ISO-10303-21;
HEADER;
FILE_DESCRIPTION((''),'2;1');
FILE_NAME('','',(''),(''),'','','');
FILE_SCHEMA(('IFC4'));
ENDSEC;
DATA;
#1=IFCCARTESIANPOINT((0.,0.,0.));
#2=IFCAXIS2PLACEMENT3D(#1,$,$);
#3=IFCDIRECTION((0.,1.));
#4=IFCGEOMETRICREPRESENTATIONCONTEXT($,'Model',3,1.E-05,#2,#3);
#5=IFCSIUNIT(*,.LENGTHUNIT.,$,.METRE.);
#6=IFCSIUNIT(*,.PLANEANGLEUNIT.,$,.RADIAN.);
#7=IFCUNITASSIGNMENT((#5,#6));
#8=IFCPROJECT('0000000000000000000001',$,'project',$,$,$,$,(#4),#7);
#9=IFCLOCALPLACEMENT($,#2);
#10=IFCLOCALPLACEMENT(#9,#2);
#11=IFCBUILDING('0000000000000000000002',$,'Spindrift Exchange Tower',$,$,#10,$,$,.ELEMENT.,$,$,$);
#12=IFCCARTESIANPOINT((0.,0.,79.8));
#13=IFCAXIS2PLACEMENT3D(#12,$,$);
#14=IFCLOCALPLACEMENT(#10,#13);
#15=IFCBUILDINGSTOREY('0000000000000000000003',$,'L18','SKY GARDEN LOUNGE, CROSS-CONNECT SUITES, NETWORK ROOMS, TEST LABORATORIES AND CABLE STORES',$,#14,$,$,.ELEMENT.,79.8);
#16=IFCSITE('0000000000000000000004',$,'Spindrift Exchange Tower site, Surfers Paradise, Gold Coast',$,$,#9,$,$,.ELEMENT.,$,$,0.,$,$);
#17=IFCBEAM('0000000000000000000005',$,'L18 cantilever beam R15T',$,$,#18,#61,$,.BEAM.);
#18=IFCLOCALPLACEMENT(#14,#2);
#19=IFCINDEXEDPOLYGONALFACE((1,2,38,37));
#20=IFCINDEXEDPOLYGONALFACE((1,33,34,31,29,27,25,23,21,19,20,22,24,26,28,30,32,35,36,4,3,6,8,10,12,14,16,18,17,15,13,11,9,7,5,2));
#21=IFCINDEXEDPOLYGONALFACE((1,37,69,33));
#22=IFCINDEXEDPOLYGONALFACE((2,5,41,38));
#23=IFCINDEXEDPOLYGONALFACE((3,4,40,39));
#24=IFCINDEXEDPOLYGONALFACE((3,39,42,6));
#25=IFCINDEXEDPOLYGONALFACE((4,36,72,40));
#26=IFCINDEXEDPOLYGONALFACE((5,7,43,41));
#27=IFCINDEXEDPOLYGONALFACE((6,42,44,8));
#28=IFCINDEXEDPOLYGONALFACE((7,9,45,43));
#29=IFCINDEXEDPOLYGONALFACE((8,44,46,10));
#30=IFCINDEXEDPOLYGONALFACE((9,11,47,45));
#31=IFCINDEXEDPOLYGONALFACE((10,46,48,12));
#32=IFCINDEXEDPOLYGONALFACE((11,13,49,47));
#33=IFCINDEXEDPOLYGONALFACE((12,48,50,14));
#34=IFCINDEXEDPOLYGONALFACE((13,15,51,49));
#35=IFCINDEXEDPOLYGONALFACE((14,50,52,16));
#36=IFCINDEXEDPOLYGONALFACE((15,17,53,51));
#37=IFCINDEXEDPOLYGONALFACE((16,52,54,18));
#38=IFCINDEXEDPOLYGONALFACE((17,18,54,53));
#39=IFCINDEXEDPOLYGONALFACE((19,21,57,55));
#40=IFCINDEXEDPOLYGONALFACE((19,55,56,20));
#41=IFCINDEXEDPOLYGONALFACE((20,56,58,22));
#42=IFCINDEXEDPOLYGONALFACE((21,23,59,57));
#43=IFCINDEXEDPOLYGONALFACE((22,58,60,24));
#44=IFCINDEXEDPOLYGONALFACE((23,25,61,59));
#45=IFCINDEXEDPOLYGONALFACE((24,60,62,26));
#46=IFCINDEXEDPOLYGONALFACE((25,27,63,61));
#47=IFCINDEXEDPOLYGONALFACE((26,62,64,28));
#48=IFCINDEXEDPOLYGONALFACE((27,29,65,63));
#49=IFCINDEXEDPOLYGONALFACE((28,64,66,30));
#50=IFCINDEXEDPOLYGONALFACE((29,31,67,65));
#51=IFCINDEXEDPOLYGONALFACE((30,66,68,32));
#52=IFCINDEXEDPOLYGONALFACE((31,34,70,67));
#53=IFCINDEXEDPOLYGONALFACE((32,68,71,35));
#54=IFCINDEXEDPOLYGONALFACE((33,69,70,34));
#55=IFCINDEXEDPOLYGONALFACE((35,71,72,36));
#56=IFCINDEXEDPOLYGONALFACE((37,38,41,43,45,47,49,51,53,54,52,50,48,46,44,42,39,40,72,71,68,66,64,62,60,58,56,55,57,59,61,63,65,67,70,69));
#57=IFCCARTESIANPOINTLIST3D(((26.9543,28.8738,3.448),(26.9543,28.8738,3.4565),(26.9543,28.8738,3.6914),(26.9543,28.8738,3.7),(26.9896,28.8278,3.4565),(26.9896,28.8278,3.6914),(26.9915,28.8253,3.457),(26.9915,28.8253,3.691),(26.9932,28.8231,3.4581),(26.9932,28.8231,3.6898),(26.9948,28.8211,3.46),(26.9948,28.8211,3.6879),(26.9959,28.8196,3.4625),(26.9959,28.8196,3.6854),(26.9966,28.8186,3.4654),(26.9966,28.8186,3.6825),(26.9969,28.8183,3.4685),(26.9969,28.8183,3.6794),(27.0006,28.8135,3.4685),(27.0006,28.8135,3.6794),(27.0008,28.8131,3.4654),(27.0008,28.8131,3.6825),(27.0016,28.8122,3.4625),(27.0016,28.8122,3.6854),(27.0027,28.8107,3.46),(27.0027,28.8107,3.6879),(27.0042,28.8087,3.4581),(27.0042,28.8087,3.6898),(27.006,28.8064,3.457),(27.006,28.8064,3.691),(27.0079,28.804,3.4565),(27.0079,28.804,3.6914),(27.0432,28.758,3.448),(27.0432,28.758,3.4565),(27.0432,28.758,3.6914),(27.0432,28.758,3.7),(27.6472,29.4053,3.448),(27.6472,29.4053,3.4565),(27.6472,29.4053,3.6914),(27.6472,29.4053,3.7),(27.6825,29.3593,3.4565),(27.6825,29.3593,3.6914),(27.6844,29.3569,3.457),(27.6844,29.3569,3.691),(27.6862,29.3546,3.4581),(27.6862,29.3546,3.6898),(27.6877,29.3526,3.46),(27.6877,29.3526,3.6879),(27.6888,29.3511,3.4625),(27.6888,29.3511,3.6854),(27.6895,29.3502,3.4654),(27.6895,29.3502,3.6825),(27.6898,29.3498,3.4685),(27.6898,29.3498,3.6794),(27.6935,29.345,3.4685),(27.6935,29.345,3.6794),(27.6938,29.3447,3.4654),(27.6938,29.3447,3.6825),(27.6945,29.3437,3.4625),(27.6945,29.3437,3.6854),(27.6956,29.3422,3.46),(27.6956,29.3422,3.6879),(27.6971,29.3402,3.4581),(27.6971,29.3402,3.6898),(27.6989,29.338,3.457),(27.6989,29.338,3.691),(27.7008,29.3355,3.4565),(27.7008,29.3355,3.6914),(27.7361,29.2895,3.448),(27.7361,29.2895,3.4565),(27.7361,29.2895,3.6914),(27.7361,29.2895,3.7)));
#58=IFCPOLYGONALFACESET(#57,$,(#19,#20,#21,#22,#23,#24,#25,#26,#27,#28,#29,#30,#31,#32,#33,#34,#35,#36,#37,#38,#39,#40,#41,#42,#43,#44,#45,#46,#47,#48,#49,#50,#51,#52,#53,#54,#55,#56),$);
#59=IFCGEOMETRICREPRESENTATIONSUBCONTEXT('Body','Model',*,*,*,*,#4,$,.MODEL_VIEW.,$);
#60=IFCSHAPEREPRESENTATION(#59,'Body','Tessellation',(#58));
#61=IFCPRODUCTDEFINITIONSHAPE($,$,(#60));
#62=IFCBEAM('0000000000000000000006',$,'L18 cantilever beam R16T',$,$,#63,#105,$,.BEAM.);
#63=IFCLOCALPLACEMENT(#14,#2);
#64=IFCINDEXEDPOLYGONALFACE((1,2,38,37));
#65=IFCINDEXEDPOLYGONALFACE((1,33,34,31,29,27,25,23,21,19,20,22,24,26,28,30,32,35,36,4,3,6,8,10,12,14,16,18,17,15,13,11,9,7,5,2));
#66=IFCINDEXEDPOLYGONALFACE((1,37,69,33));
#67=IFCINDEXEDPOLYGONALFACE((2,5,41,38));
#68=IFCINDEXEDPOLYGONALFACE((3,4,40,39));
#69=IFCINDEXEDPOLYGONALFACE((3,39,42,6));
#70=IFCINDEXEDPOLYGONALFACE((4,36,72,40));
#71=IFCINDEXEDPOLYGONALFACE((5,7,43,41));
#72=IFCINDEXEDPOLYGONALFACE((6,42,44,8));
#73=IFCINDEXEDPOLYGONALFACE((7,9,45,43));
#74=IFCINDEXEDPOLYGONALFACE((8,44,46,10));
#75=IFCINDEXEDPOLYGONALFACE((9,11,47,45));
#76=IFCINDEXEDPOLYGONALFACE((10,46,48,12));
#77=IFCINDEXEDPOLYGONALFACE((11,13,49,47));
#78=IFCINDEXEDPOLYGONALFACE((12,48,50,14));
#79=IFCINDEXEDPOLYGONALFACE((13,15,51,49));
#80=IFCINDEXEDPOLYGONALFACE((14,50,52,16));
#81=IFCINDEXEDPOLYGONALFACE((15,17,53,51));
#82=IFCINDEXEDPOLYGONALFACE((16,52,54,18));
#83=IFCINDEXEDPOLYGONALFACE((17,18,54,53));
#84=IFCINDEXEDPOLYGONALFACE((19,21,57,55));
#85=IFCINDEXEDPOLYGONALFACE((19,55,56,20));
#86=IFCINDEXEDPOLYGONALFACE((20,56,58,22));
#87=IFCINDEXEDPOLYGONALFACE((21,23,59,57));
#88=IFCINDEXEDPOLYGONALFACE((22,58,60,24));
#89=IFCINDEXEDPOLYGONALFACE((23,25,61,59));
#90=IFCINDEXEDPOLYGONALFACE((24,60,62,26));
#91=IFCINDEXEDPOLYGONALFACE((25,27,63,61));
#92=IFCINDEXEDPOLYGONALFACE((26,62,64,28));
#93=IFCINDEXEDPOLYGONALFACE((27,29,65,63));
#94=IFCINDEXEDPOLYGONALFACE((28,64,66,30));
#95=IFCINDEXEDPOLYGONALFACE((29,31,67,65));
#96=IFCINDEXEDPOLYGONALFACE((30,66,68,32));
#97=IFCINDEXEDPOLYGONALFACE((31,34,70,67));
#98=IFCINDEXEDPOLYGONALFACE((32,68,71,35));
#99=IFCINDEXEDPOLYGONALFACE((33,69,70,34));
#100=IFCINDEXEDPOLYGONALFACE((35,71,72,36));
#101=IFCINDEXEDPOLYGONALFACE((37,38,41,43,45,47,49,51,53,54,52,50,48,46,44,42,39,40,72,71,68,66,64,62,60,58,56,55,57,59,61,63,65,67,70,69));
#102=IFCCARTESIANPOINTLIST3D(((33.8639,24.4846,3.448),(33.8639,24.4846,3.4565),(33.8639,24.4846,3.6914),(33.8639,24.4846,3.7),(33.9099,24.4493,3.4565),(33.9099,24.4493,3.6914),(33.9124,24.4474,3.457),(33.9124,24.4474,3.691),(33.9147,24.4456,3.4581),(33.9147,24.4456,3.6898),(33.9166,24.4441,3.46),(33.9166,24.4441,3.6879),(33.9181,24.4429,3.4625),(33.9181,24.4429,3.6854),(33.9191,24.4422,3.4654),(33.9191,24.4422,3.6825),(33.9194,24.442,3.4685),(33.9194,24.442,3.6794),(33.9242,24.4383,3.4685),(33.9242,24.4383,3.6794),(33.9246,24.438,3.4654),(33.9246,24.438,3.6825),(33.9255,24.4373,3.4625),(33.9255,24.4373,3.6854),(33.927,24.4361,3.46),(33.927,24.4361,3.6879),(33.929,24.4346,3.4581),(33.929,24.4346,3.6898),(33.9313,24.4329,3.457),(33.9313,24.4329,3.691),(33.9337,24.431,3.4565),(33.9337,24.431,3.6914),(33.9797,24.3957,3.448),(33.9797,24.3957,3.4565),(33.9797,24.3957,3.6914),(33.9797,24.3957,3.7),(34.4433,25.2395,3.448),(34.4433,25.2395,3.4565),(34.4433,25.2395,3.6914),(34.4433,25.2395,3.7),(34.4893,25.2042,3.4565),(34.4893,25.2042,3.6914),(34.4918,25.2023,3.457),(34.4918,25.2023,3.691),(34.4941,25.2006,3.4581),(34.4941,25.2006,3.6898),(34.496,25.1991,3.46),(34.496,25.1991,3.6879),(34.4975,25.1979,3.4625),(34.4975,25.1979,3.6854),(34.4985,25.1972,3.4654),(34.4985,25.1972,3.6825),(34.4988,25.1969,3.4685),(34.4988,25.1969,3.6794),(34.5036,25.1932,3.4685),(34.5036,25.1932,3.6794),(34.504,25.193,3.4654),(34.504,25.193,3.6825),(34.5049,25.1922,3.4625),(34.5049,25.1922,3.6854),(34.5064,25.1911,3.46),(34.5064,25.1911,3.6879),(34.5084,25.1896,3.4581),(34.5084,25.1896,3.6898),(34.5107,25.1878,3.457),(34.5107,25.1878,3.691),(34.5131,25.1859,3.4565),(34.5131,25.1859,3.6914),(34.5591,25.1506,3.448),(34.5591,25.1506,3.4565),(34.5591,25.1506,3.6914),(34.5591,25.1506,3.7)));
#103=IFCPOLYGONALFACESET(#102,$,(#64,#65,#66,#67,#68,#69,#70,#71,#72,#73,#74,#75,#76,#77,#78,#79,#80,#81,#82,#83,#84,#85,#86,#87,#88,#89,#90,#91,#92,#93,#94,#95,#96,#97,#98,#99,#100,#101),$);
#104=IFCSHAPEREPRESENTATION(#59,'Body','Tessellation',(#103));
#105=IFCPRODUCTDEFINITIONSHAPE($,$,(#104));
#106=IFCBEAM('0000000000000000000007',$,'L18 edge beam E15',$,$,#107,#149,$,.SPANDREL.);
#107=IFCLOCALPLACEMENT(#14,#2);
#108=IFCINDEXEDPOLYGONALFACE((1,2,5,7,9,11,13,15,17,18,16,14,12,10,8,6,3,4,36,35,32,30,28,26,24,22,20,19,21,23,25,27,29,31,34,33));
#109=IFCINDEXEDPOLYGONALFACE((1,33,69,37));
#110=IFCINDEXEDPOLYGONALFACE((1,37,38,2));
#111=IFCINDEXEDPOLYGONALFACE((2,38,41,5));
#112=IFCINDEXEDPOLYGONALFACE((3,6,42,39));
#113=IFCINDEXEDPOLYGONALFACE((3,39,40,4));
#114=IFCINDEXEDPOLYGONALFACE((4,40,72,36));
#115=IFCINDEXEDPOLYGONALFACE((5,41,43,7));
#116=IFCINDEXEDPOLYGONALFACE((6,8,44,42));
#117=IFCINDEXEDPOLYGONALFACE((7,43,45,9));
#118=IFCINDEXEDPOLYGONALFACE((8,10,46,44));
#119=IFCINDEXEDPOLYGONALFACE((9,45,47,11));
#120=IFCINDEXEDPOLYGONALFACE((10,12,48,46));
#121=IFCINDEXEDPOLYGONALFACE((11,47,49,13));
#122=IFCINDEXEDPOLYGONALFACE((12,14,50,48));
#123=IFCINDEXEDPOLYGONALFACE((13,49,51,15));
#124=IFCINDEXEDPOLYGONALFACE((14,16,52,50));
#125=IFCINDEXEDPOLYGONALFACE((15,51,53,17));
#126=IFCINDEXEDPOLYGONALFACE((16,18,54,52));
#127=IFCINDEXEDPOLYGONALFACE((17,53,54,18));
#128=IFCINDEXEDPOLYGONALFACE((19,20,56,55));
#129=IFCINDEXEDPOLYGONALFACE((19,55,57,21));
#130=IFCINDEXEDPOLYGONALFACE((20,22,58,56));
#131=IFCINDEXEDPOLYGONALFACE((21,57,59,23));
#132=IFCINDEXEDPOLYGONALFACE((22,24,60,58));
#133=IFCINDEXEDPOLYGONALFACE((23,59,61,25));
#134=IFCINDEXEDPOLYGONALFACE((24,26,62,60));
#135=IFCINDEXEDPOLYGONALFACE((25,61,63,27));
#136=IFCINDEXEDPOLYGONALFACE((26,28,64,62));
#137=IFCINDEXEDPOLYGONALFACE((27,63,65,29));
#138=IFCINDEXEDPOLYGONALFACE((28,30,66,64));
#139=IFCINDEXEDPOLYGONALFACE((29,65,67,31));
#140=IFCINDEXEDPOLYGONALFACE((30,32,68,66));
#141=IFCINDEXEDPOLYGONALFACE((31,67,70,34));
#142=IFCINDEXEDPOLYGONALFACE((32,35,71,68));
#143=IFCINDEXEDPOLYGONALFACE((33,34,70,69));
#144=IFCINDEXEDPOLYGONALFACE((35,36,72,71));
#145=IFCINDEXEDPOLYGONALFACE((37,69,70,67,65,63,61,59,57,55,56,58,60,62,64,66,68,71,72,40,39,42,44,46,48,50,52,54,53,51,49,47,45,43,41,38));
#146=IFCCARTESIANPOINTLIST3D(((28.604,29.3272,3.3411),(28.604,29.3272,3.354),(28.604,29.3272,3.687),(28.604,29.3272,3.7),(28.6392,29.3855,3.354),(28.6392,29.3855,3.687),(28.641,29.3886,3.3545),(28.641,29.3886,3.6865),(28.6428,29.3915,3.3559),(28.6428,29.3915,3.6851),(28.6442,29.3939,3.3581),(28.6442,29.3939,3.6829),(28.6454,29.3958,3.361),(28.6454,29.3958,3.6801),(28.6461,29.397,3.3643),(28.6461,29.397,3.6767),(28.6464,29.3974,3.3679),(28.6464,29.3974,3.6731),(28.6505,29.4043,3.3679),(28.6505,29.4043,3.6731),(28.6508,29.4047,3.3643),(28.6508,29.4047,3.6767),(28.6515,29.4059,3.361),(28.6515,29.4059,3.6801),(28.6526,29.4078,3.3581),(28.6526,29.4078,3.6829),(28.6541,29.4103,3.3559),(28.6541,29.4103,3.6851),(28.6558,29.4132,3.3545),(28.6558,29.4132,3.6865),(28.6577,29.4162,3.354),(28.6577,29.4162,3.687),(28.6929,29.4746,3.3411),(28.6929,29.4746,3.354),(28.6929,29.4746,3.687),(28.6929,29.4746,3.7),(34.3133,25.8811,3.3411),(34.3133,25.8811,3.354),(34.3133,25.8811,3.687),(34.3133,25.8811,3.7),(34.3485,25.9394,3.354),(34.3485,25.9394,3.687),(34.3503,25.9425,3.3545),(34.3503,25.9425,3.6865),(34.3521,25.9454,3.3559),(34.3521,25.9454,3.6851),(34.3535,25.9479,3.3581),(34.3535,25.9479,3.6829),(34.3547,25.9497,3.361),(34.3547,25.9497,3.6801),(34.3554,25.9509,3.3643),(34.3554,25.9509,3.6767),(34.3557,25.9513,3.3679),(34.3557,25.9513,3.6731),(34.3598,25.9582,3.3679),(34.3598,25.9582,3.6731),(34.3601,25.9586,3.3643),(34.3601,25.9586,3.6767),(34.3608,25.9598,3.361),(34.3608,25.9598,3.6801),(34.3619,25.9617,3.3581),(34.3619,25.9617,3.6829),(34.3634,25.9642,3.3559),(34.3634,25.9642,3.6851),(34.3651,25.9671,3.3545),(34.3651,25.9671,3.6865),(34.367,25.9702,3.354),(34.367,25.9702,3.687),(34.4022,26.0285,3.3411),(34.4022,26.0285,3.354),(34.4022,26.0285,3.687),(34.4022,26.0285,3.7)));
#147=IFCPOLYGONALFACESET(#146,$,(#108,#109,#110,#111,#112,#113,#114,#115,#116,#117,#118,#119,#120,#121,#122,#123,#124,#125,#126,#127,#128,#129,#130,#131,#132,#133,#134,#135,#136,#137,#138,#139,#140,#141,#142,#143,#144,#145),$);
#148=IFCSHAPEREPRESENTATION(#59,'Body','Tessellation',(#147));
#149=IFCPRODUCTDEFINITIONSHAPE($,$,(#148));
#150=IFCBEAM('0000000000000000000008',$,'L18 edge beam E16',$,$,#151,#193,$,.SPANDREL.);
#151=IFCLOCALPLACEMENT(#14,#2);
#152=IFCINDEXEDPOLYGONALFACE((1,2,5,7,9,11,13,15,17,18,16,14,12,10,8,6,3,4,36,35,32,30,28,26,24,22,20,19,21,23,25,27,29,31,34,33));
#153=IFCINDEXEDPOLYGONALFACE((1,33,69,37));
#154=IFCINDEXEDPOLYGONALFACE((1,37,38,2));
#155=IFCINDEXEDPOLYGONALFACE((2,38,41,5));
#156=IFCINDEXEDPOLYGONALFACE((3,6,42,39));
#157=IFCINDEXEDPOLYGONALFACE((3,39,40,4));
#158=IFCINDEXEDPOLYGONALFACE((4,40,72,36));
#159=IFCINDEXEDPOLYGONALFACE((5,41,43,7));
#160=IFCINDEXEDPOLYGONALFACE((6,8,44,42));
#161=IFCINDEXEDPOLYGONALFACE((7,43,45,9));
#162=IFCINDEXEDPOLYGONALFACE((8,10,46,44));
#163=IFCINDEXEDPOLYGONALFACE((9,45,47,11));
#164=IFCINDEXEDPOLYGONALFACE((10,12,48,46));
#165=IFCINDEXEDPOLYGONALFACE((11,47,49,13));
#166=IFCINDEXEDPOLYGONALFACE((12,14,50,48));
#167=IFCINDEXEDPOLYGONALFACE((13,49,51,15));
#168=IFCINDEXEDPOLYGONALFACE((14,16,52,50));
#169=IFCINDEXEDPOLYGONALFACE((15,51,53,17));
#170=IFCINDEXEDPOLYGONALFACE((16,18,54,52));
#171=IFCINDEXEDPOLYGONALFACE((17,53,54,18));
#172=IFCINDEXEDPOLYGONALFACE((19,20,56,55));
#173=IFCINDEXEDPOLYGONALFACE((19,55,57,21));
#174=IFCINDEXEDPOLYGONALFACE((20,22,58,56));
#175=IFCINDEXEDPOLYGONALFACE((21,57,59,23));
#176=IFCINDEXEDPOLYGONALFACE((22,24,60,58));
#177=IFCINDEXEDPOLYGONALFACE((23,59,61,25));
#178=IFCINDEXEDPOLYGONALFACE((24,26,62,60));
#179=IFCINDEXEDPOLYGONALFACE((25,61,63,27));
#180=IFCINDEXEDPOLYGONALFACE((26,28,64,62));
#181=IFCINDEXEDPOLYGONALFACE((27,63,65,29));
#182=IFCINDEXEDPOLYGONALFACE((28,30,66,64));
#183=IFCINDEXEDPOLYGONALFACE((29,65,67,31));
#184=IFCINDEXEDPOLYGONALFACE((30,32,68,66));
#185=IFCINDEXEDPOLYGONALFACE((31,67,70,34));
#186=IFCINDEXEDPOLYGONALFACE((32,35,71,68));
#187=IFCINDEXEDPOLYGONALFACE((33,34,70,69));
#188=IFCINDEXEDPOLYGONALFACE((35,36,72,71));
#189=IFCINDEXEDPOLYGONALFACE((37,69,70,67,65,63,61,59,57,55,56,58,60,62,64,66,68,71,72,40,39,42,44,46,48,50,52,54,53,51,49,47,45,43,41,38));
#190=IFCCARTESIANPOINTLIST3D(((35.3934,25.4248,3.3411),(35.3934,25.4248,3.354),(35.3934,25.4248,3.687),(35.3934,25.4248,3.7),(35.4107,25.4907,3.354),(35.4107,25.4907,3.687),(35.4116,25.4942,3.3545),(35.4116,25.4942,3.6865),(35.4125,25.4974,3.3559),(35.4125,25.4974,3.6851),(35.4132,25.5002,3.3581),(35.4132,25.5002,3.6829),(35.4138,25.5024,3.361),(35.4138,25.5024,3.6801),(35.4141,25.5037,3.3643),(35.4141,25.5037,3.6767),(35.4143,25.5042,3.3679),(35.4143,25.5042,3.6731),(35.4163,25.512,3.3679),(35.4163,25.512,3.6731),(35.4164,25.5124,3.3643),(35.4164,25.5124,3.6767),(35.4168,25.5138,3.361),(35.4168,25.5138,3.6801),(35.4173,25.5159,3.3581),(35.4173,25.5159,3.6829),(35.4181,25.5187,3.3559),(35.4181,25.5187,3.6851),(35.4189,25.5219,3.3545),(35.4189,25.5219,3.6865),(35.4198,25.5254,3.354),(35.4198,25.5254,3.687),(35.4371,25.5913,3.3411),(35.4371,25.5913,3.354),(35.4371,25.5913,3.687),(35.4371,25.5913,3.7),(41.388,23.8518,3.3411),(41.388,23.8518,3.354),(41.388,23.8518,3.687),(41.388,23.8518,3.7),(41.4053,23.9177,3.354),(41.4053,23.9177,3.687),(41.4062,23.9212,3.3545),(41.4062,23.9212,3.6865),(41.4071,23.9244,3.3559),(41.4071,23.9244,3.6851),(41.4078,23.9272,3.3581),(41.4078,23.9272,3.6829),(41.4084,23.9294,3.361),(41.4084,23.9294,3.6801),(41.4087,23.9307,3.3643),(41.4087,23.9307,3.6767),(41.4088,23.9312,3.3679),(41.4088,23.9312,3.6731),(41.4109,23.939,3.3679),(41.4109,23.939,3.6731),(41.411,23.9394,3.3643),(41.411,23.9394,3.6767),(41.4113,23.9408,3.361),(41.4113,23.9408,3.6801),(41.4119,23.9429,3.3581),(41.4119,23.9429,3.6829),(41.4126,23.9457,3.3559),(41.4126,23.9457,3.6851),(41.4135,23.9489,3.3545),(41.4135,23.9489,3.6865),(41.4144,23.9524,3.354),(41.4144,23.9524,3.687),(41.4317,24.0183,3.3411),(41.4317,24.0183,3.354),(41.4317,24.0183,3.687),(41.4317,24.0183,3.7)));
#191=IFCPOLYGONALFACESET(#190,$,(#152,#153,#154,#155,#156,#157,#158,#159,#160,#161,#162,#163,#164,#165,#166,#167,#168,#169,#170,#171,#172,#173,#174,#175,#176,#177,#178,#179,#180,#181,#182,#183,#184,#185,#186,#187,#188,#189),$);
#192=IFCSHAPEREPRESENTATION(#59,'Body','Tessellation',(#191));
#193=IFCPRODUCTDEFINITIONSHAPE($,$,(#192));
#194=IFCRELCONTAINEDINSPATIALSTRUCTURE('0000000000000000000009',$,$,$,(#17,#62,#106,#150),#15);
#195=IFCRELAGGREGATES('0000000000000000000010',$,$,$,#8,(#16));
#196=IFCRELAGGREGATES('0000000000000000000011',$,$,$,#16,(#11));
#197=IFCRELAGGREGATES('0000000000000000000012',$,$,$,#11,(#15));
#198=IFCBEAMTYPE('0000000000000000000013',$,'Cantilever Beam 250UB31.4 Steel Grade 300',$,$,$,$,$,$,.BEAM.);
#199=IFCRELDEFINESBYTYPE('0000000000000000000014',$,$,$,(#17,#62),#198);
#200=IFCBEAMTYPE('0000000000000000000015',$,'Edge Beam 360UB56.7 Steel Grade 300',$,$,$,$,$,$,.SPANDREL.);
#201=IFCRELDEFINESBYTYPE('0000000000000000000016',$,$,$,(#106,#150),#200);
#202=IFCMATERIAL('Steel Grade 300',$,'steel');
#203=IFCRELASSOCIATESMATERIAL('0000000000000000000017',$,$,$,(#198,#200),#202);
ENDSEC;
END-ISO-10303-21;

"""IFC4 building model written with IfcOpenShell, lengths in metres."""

from ifc_helpers import new_model, si_unit, direction, frame, origin, origin_2d, place, context, subcontext, project, spatial, i_section, extrude, source, transform, mapped, material, material_profile, profile_set, type_object, element, save


model = new_model("IFC4")

# Units and contexts
model_context = context("Model", 3, precision=1e-05, world=origin(), true_north=direction((0.0, 1.0)))
body_context = subcontext(model_context, "Body", "Model", "MODEL_VIEW")
ifc_project = project(units=[si_unit("LENGTHUNIT", "METRE"), si_unit("PLANEANGLEUNIT", "RADIAN")], contexts=[model_context])

# Site, building, storey
site_placement = place(None, origin())
site = spatial("IfcSite", under=ifc_project, at=site_placement, Name="Spindrift Exchange Tower site, Surfers Paradise, Gold Coast", CompositionType="ELEMENT", RefElevation=0.0)
building_placement = place(site_placement, origin())
building = spatial("IfcBuilding", under=site, at=building_placement, Name="Spindrift Exchange Tower", CompositionType="ELEMENT")
storey_placement = place(building_placement, frame((0.0, 0.0, 79.8)))
storey = spatial("IfcBuildingStorey", under=building, at=storey_placement, Name="L18", Description="SKY GARDEN LOUNGE, CROSS-CONNECT SUITES, NETWORK ROOMS, TEST LABORATORIES AND CABLE STORES", CompositionType="ELEMENT", Elevation=79.8)

# Beams
ifc_material_1 = material(Name="Steel Grade 300", Category="steel")
ifc_material_profile_1 = material_profile(ifc_material_1, i_section(OverallWidth=0.146, OverallDepth=0.252, WebThickness=0.0061, FlangeThickness=0.0085, FilletRadius=0.012, at=origin_2d()), Name="250UB31.4")
ifc_profile_set_1 = profile_set([ifc_material_profile_1], Name="Steel Grade 300")
beam_type_1 = type_object("IfcBeamType", Name="Cantilever Beam 250UB31.4 Steel Grade 300", PredefinedType="BEAM", material=ifc_profile_set_1)
shared_shape_1 = source(origin(), body_context, "Body", "SweptSolid", [
    extrude(i_section(OverallWidth=0.146, OverallDepth=0.252, WebThickness=0.0061, FlangeThickness=0.0085, FilletRadius=0.012, at=origin_2d()), origin(), (0.0, 0.0, 1.0), 0.8733),
])
beam_1_placement = place(storey_placement, frame((27.6917, 29.3474, 3.574), z_axis=(-0.793444, -0.608643, 0.0), x_axis=(0.608643, -0.793444, 0.0)))
element("IfcBeam", 1, at=beam_1_placement, inside=storey, type_object=beam_type_1, Name="L18 cantilever beam R15T", PredefinedType="BEAM", context=body_context, shape_type="MappedRepresentation", body=[
    mapped(shared_shape_1, transform((0.0, 0.0, 0.0), scale=1.0)),
])
shared_shape_2 = source(origin(), body_context, "Body", "SweptSolid", [
    extrude(i_section(OverallWidth=0.146, OverallDepth=0.252, WebThickness=0.0061, FlangeThickness=0.0085, FilletRadius=0.012, at=origin_2d()), origin(), (0.0, 0.0, 1.0), 0.9517),
])
beam_2_placement = place(storey_placement, frame((34.5012, 25.1951, 3.574), z_axis=(-0.60883, -0.793301, 0.0), x_axis=(0.793301, -0.60883, 0.0)))
element("IfcBeam", 2, at=beam_2_placement, inside=storey, type_object=beam_type_1, Name="L18 cantilever beam R16T", PredefinedType="BEAM", context=body_context, shape_type="MappedRepresentation", body=[
    mapped(shared_shape_2, transform((0.0, 0.0, 0.0), scale=1.0)),
])
ifc_material_profile_2 = material_profile(ifc_material_1, i_section(OverallWidth=0.1721, OverallDepth=0.3589, WebThickness=0.0081, FlangeThickness=0.0129, FilletRadius=0.0139, at=origin_2d()), Name="360UB56.7")
ifc_profile_set_2 = profile_set([ifc_material_profile_2], Name="Steel Grade 300")
beam_type_2 = type_object("IfcBeamType", Name="Edge Beam 360UB56.7 Steel Grade 300", PredefinedType="SPANDREL", material=ifc_profile_set_2)
shared_shape_3 = source(origin(), body_context, "Body", "SweptSolid", [
    extrude(i_section(OverallWidth=0.1721, OverallDepth=0.3589, WebThickness=0.0081, FlangeThickness=0.0129, FilletRadius=0.0139, at=origin_2d()), origin(), (0.0, 0.0, 1.0), 6.6687),
])
beam_3_placement = place(storey_placement, frame((28.6484, 29.4009, 3.5205), z_axis=(0.856133, -0.516755, 0.0), x_axis=(0.516755, 0.856133, 0.0)))
element("IfcBeam", 3, at=beam_3_placement, inside=storey, type_object=beam_type_2, Name="L18 edge beam E15", PredefinedType="SPANDREL", context=body_context, shape_type="MappedRepresentation", body=[
    mapped(shared_shape_3, transform((0.0, 0.0, 0.0), scale=1.0)),
])
shared_shape_4 = source(origin(), body_context, "Body", "SweptSolid", [
    extrude(i_section(OverallWidth=0.1721, OverallDepth=0.3589, WebThickness=0.0081, FlangeThickness=0.0129, FilletRadius=0.0139, at=origin_2d()), origin(), (0.0, 0.0, 1.0), 6.1975),
])
beam_4_placement = place(storey_placement, frame((35.4153, 25.5081, 3.5205), z_axis=(0.967254, -0.253809, 0.0), x_axis=(0.253809, 0.967254, 0.0)))
element("IfcBeam", 4, at=beam_4_placement, inside=storey, type_object=beam_type_2, Name="L18 edge beam E16", PredefinedType="SPANDREL", context=body_context, shape_type="MappedRepresentation", body=[
    mapped(shared_shape_4, transform((0.0, 0.0, 0.0), scale=1.0)),
])

save(model, "model.ifc")
